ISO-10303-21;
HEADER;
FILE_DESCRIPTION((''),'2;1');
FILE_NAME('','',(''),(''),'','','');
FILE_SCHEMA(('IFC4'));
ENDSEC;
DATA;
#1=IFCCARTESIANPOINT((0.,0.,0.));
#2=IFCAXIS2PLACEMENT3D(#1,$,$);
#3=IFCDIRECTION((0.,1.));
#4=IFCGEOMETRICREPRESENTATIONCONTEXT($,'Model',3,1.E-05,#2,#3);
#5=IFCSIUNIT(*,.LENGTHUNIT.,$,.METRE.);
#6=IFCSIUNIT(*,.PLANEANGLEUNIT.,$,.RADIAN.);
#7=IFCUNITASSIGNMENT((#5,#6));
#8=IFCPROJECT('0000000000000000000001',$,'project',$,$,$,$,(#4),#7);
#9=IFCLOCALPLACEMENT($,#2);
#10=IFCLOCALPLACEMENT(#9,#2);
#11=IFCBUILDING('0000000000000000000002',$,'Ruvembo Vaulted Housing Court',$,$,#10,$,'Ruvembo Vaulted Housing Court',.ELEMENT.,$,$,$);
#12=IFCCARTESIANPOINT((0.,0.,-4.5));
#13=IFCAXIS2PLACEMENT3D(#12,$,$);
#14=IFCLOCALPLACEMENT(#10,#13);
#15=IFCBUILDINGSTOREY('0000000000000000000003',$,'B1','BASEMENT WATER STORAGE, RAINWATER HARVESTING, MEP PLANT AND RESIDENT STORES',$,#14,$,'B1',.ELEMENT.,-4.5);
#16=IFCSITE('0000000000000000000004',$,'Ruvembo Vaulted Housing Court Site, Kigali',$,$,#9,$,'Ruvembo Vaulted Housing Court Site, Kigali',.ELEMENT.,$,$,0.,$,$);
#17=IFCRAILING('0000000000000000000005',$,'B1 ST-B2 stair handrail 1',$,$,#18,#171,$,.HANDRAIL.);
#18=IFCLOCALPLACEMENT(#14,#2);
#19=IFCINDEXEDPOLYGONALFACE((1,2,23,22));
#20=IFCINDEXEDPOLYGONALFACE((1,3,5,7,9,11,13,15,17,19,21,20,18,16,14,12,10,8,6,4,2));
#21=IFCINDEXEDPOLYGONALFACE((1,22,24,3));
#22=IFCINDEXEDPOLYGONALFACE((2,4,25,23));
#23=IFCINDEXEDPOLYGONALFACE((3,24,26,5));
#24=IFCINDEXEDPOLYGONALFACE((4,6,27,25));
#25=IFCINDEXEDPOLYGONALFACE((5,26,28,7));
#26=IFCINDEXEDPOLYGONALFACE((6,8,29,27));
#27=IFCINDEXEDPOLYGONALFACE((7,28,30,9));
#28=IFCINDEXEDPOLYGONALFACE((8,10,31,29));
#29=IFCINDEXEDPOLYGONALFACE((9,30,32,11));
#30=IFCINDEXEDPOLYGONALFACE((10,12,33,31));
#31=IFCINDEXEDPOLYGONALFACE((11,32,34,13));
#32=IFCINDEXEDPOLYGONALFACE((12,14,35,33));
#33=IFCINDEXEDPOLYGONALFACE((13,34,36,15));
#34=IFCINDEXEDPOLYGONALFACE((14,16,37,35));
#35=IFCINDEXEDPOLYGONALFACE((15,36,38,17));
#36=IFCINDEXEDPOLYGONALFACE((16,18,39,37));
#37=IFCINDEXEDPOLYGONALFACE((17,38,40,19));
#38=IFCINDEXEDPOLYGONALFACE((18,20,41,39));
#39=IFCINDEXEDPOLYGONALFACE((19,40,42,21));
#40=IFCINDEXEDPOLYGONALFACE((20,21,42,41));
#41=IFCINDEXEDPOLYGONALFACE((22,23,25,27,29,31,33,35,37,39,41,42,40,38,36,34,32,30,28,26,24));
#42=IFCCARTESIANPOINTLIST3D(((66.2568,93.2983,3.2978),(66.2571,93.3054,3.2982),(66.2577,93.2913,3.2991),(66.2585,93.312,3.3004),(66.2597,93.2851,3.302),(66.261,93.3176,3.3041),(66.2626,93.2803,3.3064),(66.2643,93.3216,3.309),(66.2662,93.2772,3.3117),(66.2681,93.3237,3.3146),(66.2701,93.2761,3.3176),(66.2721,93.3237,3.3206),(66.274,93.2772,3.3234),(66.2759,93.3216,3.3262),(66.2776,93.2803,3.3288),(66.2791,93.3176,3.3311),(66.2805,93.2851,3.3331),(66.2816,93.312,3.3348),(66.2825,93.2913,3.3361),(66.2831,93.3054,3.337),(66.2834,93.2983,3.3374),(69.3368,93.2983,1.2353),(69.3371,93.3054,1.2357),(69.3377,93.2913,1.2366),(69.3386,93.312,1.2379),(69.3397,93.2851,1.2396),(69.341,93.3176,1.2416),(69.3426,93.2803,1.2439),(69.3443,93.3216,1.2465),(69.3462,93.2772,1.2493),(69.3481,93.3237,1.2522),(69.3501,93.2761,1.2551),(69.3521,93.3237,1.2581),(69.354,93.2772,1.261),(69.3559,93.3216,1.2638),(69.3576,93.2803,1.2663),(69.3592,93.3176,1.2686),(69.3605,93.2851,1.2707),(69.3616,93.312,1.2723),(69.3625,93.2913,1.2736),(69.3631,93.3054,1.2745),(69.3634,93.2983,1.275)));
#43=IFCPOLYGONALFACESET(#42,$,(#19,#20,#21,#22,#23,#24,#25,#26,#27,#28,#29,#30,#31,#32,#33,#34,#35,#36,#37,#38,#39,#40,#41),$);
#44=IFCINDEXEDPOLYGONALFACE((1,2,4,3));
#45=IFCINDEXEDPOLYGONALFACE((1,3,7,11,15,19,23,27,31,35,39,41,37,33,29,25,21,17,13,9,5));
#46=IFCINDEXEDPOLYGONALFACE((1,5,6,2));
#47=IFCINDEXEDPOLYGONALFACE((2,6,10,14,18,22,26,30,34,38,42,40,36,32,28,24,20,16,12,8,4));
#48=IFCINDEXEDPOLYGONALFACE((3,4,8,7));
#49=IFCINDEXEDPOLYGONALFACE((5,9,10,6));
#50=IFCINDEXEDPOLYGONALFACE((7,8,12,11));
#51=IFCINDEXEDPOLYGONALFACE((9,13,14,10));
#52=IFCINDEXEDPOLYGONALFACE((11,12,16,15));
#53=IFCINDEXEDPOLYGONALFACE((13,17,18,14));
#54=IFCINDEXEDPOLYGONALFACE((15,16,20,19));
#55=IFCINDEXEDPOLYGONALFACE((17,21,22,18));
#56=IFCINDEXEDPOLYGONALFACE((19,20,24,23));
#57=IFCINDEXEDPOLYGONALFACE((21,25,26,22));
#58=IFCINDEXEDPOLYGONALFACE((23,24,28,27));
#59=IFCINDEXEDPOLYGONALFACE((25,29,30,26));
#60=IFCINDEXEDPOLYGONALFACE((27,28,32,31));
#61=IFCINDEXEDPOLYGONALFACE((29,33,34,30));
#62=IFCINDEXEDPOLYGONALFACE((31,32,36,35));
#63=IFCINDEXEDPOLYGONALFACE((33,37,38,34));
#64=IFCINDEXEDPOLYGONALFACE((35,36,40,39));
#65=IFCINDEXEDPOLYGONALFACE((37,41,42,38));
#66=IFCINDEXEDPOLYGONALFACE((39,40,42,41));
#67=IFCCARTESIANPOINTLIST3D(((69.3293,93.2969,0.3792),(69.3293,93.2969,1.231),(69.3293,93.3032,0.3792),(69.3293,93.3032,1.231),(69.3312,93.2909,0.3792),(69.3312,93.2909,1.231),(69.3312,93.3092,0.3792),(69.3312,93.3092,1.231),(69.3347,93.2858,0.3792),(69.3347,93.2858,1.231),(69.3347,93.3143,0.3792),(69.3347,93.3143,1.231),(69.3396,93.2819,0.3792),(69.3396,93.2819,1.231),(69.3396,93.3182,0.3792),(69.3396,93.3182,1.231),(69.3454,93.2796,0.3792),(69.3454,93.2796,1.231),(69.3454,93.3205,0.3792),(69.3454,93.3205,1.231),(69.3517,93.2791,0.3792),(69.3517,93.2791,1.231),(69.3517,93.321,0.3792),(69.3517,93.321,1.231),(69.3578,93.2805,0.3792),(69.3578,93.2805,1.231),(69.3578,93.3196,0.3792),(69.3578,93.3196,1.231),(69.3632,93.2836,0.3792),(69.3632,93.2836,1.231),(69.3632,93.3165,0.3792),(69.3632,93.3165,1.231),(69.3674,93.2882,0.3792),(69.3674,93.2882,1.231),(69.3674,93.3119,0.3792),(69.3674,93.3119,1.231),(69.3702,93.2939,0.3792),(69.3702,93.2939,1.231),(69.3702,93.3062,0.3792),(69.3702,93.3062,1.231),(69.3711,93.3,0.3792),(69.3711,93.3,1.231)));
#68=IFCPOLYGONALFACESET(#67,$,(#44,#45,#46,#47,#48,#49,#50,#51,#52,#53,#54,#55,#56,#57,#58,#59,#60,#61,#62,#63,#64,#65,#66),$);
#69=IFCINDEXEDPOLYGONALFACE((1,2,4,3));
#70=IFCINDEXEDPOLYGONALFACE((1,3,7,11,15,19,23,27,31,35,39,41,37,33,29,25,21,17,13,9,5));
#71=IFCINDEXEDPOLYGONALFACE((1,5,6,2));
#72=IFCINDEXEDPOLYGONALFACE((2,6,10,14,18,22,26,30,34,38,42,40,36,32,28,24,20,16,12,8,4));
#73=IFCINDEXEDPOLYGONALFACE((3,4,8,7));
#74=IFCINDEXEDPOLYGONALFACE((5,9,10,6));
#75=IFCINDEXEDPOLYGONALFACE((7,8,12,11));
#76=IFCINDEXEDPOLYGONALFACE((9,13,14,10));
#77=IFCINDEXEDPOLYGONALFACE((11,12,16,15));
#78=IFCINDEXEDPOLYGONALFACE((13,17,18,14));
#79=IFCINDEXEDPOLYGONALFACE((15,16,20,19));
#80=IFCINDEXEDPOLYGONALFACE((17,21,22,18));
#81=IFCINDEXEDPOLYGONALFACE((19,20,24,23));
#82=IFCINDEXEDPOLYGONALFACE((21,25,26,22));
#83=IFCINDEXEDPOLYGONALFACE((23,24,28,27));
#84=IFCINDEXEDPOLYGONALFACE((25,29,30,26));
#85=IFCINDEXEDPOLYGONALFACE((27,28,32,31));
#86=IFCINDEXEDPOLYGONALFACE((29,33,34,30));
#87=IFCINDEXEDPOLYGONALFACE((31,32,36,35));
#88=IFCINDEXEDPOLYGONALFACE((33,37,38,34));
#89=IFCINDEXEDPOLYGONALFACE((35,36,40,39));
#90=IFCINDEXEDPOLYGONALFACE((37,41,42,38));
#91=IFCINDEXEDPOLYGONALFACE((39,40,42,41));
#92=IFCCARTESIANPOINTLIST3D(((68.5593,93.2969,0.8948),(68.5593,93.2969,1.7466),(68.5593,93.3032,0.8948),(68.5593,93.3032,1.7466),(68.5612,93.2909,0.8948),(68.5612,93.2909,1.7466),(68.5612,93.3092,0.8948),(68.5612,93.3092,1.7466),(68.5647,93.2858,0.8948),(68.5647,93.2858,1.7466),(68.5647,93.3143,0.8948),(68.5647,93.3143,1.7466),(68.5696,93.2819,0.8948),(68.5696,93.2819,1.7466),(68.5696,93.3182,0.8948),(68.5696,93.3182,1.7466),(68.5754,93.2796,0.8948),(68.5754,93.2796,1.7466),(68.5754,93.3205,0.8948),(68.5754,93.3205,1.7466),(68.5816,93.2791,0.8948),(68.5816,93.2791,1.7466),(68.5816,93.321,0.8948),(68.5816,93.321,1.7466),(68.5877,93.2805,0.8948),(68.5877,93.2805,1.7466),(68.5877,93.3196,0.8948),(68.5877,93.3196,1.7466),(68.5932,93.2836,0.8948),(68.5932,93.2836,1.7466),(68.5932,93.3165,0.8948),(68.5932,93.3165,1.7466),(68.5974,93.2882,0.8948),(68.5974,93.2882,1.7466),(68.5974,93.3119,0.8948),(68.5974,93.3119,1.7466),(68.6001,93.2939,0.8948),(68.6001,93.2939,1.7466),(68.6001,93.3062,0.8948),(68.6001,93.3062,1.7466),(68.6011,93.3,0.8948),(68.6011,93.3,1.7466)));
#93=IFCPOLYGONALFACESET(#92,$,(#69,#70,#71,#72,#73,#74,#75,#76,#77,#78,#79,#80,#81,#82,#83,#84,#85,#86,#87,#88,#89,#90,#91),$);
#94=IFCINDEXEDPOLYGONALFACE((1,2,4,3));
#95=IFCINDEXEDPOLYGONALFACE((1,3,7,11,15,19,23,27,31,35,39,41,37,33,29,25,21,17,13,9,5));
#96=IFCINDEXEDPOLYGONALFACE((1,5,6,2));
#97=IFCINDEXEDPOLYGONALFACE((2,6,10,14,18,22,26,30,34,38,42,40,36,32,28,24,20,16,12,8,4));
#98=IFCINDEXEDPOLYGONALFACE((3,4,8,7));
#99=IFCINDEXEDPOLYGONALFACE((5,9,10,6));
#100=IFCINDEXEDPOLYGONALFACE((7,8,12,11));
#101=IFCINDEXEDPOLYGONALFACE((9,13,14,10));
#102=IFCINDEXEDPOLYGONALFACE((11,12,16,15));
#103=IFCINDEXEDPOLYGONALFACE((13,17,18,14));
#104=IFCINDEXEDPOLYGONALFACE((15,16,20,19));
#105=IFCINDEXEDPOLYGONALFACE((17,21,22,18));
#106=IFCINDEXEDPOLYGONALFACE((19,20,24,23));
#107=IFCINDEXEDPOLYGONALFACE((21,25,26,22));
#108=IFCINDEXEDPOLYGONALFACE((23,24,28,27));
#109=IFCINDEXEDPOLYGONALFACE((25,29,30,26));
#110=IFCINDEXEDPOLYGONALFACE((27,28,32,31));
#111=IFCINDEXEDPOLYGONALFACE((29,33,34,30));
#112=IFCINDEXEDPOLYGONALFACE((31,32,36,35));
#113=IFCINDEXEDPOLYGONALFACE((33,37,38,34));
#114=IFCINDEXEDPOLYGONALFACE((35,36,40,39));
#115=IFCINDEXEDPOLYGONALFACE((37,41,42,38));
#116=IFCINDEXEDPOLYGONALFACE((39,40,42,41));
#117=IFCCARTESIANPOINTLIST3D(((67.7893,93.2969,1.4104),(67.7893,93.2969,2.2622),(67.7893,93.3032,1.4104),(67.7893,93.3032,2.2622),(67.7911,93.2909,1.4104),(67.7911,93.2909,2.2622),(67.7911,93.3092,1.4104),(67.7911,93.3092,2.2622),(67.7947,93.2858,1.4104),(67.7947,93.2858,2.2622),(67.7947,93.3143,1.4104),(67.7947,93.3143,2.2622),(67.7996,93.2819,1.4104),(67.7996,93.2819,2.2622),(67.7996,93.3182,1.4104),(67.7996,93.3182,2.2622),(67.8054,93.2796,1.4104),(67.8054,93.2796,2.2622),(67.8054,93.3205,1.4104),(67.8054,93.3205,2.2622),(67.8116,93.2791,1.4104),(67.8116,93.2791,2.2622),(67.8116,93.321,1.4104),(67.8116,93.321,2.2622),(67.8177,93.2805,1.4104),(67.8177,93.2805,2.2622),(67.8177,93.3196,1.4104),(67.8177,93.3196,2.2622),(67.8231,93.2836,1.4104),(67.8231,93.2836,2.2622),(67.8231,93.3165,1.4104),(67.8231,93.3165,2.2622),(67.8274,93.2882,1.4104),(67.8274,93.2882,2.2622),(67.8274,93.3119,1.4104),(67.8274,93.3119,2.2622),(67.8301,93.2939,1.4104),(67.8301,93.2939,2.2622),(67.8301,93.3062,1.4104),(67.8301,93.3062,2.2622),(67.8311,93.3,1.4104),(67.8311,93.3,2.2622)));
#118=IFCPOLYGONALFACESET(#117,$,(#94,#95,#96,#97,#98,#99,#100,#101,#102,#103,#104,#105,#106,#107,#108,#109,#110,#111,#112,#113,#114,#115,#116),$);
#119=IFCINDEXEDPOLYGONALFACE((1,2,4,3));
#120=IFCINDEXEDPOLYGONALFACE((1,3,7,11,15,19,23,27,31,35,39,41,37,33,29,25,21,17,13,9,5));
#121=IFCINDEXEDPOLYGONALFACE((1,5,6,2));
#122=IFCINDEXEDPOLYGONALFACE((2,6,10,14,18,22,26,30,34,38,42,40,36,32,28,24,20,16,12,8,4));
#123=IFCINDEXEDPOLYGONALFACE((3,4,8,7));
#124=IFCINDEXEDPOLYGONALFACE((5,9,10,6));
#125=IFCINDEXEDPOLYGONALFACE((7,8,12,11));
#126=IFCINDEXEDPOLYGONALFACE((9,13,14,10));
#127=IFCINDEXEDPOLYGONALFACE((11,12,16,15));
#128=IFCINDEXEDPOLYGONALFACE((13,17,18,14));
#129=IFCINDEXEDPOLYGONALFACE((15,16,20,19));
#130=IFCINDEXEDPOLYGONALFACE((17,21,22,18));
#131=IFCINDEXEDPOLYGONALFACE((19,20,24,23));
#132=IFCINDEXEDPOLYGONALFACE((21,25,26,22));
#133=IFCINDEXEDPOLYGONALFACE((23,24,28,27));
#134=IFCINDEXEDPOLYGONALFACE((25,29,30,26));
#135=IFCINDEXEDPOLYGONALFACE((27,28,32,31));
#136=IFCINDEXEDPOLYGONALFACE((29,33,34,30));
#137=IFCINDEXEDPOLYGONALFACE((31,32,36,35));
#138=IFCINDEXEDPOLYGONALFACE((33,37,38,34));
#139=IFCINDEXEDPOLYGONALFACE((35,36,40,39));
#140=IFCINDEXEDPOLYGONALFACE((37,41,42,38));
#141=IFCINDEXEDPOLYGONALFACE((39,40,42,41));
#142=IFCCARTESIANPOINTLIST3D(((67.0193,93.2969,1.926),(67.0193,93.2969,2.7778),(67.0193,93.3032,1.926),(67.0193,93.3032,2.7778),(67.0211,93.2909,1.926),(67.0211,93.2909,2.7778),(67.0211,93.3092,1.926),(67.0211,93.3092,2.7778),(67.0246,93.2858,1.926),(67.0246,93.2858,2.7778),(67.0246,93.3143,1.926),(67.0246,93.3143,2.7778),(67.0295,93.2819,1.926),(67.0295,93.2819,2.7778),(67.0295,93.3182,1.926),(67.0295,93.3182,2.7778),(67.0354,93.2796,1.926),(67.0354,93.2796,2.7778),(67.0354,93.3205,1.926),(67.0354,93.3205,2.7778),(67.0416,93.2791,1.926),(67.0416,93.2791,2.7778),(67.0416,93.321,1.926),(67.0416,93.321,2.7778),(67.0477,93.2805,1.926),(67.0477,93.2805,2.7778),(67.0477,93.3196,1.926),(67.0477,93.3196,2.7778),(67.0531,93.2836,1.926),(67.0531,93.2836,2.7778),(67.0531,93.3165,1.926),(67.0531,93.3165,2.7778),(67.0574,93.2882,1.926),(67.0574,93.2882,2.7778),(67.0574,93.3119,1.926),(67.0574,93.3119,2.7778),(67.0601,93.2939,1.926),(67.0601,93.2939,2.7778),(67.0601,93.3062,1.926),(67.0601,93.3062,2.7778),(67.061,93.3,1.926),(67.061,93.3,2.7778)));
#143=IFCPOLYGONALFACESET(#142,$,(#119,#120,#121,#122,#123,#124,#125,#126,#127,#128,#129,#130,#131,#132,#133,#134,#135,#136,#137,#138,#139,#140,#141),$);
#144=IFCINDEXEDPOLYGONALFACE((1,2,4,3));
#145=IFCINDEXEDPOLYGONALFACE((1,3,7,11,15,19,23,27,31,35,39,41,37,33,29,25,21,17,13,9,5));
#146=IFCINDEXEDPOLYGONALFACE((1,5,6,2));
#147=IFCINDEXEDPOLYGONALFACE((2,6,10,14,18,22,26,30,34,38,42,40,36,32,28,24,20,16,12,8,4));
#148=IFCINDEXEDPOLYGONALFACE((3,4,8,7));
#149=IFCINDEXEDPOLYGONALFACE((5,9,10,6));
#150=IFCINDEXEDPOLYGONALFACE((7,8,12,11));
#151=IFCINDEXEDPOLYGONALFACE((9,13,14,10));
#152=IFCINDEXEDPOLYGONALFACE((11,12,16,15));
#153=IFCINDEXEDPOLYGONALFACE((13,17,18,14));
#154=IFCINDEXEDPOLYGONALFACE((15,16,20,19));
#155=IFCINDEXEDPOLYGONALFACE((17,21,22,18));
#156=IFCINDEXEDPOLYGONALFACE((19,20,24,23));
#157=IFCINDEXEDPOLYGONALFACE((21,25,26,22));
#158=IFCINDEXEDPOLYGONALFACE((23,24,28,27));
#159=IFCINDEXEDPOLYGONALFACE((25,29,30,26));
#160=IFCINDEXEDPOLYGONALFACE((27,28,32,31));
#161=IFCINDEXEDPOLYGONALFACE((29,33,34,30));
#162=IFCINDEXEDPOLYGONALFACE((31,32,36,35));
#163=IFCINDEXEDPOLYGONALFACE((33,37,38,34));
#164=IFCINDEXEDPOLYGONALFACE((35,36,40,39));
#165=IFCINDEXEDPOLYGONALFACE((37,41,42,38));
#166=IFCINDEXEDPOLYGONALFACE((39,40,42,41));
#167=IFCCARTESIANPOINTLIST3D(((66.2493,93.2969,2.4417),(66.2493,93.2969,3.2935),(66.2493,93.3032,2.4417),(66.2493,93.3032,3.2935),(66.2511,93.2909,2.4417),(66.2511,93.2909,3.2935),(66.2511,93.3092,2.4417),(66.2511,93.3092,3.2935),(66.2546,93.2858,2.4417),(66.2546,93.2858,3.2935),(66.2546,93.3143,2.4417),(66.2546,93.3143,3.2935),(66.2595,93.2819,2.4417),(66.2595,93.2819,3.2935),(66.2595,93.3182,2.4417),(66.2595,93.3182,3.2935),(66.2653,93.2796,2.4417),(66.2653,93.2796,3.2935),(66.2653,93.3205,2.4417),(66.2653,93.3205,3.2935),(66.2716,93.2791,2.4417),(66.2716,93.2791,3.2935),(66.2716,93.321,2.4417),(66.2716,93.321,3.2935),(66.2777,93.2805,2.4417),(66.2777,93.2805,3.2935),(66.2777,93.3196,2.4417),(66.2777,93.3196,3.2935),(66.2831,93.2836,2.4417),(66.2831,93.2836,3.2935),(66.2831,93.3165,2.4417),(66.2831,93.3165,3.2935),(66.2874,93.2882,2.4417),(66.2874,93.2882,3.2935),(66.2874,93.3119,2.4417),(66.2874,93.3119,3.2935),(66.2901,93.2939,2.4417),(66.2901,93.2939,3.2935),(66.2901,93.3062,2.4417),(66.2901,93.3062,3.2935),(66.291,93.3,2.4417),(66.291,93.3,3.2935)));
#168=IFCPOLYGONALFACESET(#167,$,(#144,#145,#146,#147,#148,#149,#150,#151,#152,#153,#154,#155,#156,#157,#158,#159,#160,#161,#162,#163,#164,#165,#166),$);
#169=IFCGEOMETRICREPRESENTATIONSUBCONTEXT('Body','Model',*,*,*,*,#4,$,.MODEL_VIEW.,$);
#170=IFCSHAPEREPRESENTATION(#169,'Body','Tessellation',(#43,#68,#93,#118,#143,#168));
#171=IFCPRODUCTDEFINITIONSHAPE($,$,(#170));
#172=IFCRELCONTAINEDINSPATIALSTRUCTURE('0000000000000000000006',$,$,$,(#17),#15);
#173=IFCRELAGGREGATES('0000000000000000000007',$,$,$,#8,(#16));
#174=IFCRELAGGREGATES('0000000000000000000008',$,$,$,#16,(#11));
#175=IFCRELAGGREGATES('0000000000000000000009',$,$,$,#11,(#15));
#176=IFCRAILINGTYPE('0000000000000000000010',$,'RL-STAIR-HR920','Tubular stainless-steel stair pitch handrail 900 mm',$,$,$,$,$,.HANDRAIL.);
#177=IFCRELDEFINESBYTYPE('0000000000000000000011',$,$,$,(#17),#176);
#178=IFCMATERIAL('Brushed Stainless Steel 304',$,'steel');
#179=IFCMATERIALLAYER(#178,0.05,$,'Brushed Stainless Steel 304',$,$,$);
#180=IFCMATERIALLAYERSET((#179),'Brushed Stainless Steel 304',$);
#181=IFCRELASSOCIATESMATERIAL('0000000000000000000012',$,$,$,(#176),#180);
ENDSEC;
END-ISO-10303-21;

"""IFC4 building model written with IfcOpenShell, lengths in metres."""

from ifc_helpers import new_model, si_unit, direction, frame, origin, origin_2d, place, context, subcontext, project, spatial, circle, extrude, material, layer, layer_set, type_object, element, save


model = new_model("IFC4")

# Units and contexts
model_context = context("Model", 3, precision=1e-05, world=origin(), true_north=direction((0.0, 1.0)))
body_context = subcontext(model_context, "Body", "Model", "MODEL_VIEW")
ifc_project = project(units=[si_unit("LENGTHUNIT", "METRE"), si_unit("PLANEANGLEUNIT", "RADIAN")], contexts=[model_context])

# Site, building, storey
site_placement = place(None, origin())
site = spatial("IfcSite", under=ifc_project, at=site_placement, Name="Ruvembo Vaulted Housing Court Site, Kigali", LongName="Ruvembo Vaulted Housing Court Site, Kigali", CompositionType="ELEMENT", RefElevation=0.0)
building_placement = place(site_placement, origin())
building = spatial("IfcBuilding", under=site, at=building_placement, Name="Ruvembo Vaulted Housing Court", LongName="Ruvembo Vaulted Housing Court", CompositionType="ELEMENT")
storey_placement = place(building_placement, frame((0.0, 0.0, -4.5)))
storey = spatial("IfcBuildingStorey", under=building, at=storey_placement, Name="B1", Description="BASEMENT WATER STORAGE, RAINWATER HARVESTING, MEP PLANT AND RESIDENT STORES", LongName="B1", CompositionType="ELEMENT", Elevation=-4.5)

# Shared definitions
ifc_material_1 = material(Name="Brushed Stainless Steel 304", Category="steel")

# Railing
ifc_layer_1 = layer(ifc_material_1, 0.05, Name="Brushed Stainless Steel 304")
ifc_layer_set_1 = layer_set([ifc_layer_1], Name="Brushed Stainless Steel 304")
railing_type_1 = type_object("IfcRailingType", Name="RL-STAIR-HR920", Description="Tubular stainless-steel stair pitch handrail 900 mm", PredefinedType="HANDRAIL", material=ifc_layer_set_1)
railing_1_placement = place(storey_placement, frame((69.3501, 93.3, 0.3792)))
element("IfcRailing", 1, at=railing_1_placement, inside=storey, type_object=railing_type_1, Name="B1 ST-B2 stair handrail 1", PredefinedType="HANDRAIL", context=body_context, shape_type="SweptSolid", body=[
    extrude(circle(Radius=0.0239, at=origin_2d()), frame((0.0, 0.0, 0.876), z_axis=(-0.830914, 0.0, 0.556401), x_axis=(0.0, -1.0, 0.0)), (0.0, 0.0, 1.0), 3.7068),
    extrude(circle(Radius=0.021, at=origin_2d()), origin(), (0.0, 0.0, 1.0), 0.8518),
    extrude(circle(Radius=0.021, at=origin_2d()), frame((-0.77, 0.0, 0.5156)), (0.0, 0.0, 1.0), 0.8518),
    extrude(circle(Radius=0.021, at=origin_2d()), frame((-1.54, 0.0, 1.0312)), (0.0, 0.0, 1.0), 0.8518),
    extrude(circle(Radius=0.021, at=origin_2d()), frame((-2.3101, 0.0, 1.5469)), (0.0, 0.0, 1.0), 0.8518),
    extrude(circle(Radius=0.021, at=origin_2d()), frame((-3.0801, 0.0, 2.0625)), (0.0, 0.0, 1.0), 0.8518),
])

save(model, "model.ifc")
